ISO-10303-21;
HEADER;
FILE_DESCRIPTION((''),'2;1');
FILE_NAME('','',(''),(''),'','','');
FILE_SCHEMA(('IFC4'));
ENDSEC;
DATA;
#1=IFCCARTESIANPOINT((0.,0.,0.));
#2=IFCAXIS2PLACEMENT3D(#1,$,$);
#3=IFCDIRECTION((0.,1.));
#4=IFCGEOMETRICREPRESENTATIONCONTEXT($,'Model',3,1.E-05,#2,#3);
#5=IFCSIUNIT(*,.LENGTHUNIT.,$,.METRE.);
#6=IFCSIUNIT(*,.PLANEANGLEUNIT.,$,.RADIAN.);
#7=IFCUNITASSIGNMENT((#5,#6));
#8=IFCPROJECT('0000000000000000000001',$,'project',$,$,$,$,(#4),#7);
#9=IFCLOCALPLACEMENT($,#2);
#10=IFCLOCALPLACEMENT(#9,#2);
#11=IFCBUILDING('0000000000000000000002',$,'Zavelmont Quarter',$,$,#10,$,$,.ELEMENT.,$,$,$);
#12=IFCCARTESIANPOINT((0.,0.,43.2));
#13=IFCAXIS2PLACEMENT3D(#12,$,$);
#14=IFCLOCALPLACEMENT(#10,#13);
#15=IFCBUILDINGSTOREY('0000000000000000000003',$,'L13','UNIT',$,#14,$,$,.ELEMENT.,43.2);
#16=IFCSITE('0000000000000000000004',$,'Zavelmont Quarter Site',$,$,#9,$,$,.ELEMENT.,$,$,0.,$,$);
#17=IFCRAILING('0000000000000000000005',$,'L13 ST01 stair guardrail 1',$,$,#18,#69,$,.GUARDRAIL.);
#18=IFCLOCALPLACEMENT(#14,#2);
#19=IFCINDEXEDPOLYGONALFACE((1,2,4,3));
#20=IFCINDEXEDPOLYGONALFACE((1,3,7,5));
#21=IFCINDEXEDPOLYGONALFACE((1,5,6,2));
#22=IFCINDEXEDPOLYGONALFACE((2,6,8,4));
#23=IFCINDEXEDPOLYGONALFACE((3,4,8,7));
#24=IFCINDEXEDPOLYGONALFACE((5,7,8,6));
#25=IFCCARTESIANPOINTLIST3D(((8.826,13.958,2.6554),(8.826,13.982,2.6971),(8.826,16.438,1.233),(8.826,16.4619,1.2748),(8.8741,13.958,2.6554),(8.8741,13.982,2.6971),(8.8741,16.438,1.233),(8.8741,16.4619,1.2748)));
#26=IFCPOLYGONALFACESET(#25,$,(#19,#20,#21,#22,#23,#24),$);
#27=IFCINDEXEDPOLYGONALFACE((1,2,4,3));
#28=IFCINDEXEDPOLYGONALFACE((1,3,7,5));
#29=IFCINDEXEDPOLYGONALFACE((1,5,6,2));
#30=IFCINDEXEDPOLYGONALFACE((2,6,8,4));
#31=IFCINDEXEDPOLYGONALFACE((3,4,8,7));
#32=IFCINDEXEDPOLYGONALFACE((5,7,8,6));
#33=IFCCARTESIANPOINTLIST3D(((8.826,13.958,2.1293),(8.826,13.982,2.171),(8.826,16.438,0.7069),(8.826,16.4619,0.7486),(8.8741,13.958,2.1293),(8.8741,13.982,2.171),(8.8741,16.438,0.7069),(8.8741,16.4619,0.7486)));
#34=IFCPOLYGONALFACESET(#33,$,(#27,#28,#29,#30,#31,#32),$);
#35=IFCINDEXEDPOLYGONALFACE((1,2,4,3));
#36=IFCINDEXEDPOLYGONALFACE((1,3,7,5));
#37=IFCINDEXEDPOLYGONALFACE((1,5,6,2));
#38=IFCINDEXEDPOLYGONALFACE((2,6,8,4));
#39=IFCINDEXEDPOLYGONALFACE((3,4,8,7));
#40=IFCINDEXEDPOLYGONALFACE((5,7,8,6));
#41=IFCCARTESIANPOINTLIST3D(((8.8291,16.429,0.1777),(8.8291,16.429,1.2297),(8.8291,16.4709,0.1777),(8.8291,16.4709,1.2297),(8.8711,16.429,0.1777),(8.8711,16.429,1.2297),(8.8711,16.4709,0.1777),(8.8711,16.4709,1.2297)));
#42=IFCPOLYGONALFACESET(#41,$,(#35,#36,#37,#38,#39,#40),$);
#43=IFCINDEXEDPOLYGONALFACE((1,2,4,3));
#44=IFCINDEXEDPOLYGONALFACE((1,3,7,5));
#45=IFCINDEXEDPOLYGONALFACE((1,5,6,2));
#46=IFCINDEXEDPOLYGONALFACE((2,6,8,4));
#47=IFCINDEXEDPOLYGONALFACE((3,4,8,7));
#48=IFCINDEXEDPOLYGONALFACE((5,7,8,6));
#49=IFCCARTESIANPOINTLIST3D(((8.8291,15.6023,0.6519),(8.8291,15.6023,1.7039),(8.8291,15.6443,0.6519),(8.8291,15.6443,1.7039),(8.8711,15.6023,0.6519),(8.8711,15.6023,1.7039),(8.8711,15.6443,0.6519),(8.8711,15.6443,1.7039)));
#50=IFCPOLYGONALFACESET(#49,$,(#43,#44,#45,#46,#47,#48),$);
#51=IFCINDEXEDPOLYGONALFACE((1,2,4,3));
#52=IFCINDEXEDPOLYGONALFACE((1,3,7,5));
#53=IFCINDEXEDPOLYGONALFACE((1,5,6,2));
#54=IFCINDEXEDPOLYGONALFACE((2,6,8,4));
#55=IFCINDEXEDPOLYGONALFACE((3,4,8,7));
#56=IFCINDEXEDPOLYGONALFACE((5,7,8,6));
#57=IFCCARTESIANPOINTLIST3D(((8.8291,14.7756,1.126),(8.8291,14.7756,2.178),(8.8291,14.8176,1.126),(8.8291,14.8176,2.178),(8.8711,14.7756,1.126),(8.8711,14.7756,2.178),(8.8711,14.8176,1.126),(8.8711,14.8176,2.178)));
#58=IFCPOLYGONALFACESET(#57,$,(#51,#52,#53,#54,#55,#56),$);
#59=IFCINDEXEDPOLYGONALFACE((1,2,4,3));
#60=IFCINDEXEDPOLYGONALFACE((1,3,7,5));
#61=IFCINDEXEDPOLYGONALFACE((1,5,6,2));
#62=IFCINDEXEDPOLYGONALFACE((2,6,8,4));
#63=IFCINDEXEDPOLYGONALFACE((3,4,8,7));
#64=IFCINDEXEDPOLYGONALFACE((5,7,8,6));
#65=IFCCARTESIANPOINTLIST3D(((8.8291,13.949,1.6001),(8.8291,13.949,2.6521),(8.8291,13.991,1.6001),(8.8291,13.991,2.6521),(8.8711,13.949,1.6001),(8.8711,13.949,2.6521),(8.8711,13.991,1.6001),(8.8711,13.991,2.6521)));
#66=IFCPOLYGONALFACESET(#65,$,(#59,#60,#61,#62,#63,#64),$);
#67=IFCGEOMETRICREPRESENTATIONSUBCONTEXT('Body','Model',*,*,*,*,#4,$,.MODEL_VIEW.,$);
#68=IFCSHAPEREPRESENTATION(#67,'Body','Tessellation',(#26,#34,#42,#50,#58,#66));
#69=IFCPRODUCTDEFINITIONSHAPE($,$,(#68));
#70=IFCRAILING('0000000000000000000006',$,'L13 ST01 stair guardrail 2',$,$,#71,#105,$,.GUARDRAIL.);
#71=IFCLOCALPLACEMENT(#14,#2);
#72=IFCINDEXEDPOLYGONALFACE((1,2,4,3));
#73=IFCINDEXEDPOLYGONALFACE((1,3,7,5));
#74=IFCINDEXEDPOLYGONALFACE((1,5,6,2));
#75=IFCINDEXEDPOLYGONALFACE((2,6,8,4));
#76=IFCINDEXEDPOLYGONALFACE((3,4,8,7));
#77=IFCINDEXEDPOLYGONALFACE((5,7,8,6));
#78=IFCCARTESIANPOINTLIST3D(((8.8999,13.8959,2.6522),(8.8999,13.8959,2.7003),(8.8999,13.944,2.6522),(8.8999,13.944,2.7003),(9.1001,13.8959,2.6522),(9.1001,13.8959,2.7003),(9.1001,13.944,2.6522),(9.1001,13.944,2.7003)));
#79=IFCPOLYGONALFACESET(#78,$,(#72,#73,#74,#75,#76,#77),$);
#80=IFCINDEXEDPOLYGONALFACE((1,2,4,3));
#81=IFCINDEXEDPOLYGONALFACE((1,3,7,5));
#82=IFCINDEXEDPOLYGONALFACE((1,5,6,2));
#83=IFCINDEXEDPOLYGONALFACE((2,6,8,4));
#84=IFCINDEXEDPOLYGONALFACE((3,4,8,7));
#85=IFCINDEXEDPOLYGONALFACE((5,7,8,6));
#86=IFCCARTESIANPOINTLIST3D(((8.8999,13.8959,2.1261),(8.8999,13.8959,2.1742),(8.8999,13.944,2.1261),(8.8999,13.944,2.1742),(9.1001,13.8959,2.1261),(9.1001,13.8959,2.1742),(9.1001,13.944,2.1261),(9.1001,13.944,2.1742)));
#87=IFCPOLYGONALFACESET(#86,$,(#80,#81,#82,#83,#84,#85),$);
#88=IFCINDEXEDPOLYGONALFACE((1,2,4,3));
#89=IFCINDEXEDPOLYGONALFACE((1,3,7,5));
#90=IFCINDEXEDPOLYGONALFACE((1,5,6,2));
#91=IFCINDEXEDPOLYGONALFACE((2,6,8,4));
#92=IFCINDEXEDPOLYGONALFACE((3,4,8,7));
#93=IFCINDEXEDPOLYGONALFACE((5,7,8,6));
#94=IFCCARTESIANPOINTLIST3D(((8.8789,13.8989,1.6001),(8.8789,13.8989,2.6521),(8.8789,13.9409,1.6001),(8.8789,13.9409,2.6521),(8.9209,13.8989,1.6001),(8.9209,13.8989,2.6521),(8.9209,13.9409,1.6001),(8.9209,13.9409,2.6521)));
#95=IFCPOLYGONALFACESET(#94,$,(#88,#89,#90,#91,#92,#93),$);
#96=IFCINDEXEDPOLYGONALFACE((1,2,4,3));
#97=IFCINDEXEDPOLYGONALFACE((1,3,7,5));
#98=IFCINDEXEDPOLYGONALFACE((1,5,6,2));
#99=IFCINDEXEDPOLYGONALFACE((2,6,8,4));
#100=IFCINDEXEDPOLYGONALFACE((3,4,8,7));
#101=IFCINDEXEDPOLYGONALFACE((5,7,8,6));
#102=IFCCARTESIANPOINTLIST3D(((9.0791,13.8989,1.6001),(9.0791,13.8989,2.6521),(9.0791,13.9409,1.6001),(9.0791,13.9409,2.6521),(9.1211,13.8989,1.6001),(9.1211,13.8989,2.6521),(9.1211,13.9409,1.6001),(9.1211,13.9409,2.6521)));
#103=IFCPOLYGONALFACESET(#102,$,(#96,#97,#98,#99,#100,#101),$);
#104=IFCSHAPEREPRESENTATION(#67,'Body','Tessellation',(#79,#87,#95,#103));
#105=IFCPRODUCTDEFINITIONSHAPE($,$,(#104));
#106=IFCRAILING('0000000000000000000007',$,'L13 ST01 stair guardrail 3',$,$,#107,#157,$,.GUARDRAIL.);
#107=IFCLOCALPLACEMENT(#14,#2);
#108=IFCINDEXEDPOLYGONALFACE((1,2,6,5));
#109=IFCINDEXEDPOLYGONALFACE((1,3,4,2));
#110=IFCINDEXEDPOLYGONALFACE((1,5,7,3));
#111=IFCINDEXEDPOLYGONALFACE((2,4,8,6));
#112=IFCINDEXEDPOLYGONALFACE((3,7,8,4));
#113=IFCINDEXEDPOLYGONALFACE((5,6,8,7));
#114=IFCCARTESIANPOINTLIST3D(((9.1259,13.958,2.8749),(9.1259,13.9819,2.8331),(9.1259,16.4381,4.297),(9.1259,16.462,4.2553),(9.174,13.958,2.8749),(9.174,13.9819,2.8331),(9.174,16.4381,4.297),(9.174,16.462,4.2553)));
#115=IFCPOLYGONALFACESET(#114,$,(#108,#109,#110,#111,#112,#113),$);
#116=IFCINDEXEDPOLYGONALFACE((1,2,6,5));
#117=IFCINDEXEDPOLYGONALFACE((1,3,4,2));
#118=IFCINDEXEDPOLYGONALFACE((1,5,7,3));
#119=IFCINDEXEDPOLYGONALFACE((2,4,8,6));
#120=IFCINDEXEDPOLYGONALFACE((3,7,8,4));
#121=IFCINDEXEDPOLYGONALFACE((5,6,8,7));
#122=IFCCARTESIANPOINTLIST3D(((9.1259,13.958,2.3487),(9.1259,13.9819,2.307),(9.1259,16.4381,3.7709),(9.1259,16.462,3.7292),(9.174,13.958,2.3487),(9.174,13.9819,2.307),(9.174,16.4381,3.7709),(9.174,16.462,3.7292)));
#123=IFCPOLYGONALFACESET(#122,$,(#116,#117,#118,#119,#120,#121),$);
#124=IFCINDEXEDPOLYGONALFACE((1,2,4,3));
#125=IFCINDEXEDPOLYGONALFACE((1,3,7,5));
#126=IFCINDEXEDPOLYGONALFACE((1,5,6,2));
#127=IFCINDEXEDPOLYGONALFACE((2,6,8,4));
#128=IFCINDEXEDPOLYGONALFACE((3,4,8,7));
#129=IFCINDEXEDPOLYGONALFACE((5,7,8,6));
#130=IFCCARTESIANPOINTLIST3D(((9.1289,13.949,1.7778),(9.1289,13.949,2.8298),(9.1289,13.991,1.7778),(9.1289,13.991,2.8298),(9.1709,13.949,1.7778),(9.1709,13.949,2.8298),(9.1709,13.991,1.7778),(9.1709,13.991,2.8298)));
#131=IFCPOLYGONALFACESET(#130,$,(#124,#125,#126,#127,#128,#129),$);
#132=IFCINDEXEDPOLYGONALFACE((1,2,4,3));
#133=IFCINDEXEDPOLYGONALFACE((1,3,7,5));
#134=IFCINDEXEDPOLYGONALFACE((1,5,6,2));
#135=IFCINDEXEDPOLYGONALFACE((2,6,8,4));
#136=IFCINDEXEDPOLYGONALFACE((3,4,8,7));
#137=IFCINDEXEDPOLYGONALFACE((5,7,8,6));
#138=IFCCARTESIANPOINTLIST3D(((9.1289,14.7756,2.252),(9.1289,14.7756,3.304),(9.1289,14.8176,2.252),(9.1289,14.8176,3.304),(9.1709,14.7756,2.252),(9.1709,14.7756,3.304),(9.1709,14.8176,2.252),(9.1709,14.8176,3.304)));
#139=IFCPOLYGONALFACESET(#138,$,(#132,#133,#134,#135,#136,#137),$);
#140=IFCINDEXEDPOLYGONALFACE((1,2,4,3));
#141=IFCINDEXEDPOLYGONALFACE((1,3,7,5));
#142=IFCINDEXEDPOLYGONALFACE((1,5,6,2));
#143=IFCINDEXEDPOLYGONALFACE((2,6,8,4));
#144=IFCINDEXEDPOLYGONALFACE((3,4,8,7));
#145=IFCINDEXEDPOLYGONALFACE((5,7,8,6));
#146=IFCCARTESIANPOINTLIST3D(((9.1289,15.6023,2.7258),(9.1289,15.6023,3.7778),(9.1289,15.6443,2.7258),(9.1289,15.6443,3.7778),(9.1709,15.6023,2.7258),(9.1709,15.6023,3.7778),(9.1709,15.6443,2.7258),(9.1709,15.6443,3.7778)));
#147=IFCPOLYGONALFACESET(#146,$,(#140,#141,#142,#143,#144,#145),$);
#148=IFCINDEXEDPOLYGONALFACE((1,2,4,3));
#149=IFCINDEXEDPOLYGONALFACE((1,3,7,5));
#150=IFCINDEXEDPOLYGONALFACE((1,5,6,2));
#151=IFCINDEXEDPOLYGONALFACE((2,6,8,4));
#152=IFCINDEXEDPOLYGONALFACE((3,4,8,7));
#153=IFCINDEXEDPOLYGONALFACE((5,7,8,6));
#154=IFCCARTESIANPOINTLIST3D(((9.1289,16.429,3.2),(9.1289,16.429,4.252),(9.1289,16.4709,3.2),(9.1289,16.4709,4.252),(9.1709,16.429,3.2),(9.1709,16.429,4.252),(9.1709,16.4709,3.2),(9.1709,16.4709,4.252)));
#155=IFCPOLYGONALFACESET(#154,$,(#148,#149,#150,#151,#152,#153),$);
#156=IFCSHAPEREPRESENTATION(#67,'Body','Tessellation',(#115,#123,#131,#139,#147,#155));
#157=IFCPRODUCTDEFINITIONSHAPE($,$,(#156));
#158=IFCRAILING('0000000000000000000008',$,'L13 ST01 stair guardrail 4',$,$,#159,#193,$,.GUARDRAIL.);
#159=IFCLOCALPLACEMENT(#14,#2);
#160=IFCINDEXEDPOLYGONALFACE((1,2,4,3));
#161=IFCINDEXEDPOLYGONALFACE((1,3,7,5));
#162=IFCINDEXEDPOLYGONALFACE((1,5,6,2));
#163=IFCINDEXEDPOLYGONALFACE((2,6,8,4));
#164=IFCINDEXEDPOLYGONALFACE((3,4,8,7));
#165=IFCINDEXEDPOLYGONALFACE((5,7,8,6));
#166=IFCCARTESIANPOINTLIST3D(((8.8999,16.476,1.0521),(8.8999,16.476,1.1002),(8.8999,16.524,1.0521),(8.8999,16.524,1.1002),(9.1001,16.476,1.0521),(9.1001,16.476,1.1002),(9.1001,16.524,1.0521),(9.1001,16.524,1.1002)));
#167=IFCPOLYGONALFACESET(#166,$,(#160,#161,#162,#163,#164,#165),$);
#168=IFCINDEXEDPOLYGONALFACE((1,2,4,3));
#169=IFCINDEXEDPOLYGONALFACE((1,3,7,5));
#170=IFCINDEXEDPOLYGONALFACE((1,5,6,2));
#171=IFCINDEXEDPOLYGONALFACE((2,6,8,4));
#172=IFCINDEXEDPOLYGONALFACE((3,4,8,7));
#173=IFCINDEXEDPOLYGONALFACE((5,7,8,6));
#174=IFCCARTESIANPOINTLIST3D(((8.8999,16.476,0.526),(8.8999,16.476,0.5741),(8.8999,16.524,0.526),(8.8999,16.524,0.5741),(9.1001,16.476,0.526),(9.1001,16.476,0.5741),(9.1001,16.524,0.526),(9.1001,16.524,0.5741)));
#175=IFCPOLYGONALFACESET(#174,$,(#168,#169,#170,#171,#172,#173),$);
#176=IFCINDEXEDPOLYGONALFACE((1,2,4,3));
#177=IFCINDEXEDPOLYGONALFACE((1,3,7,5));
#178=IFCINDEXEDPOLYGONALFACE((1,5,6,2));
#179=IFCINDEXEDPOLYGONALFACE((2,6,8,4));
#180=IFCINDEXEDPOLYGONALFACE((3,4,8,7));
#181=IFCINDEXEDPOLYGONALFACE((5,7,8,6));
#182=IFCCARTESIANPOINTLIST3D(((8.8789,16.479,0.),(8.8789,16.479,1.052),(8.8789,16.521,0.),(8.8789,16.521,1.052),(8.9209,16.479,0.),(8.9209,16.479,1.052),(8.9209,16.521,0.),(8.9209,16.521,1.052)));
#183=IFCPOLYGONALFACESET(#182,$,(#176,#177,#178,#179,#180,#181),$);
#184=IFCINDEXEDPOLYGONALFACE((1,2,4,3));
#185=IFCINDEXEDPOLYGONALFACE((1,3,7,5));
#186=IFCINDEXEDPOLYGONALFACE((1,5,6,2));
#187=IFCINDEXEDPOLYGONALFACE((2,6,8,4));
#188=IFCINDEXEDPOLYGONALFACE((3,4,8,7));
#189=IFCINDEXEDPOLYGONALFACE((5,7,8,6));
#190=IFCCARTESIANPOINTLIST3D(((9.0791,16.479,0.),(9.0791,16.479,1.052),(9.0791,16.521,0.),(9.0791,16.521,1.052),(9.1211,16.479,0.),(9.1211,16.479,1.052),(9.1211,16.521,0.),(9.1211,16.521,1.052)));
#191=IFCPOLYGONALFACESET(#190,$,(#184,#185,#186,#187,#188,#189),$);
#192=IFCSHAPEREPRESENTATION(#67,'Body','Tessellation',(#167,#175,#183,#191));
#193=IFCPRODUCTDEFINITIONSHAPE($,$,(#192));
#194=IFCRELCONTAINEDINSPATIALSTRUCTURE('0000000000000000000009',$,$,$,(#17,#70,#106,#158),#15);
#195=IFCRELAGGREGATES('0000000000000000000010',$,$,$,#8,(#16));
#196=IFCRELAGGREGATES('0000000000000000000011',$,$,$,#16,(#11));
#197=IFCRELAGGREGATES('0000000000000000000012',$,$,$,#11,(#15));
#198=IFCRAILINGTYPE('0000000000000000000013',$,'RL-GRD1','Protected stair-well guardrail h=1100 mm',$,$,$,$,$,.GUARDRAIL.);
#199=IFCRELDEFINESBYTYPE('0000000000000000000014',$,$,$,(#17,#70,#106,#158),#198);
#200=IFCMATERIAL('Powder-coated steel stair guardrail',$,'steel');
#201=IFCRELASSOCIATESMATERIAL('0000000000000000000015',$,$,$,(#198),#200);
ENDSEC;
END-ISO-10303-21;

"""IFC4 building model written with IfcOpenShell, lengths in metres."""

from ifc_helpers import new_model, si_unit, direction, frame, origin, origin_2d, place, context, subcontext, project, spatial, rectangle, extrude, material, type_object, element, save


model = new_model("IFC4")

# Units and contexts
model_context = context("Model", 3, precision=1e-05, world=origin(), true_north=direction((0.0, 1.0)))
body_context = subcontext(model_context, "Body", "Model", "MODEL_VIEW")
ifc_project = project(units=[si_unit("LENGTHUNIT", "METRE"), si_unit("PLANEANGLEUNIT", "RADIAN")], contexts=[model_context])

# Site, building, storey
site_placement = place(None, origin())
site = spatial("IfcSite", under=ifc_project, at=site_placement, Name="Zavelmont Quarter Site", CompositionType="ELEMENT", RefElevation=0.0)
building_placement = place(site_placement, origin())
building = spatial("IfcBuilding", under=site, at=building_placement, Name="Zavelmont Quarter", CompositionType="ELEMENT")
storey_placement = place(building_placement, frame((0.0, 0.0, 43.2)))
storey = spatial("IfcBuildingStorey", under=building, at=storey_placement, Name="L13", Description="UNIT", CompositionType="ELEMENT", Elevation=43.2)

# Railings
ifc_material_1 = material(Name="Powder-coated steel stair guardrail", Category="steel")
railing_type_1 = type_object("IfcRailingType", Name="RL-GRD1", Description="Protected stair-well guardrail h=1100 mm", PredefinedType="GUARDRAIL", material=ifc_material_1)
railing_1_placement = place(storey_placement, frame((8.8501, 16.45, 0.1777)))
element("IfcRailing", 1, at=railing_1_placement, inside=storey, type_object=railing_type_1, Name="L13 ST01 stair guardrail 1", PredefinedType="GUARDRAIL", context=body_context, shape_type="SweptSolid", body=[
    extrude(rectangle(XDim=0.0481, YDim=0.0481, at=origin_2d()), frame((0.0, 0.0, 1.0762), z_axis=(0.0, -0.867454, 0.497518), x_axis=(1.0, 0.0, 0.0)), (0.0, 0.0, 1.0), 2.8589),
    extrude(rectangle(XDim=0.0481, YDim=0.0481, at=origin_2d()), frame((0.0, 0.0, 0.55), z_axis=(0.0, -0.867454, 0.497518), x_axis=(1.0, 0.0, 0.0)), (0.0, 0.0, 1.0), 2.8589),
    extrude(rectangle(XDim=0.042, YDim=0.042, at=origin_2d()), origin(), (0.0, 0.0, 1.0), 1.052),
    extrude(rectangle(XDim=0.042, YDim=0.042, at=origin_2d()), frame((0.0, -0.8267, 0.4741)), (0.0, 0.0, 1.0), 1.052),
    extrude(rectangle(XDim=0.042, YDim=0.042, at=origin_2d()), frame((0.0, -1.6533, 0.9482)), (0.0, 0.0, 1.0), 1.052),
    extrude(rectangle(XDim=0.042, YDim=0.042, at=origin_2d()), frame((0.0, -2.48, 1.4224)), (0.0, 0.0, 1.0), 1.052),
])
railing_2_placement = place(storey_placement, frame((8.8999, 13.9199, 1.6001)))
element("IfcRailing", 2, at=railing_2_placement, inside=storey, type_object=railing_type_1, Name="L13 ST01 stair guardrail 2", PredefinedType="GUARDRAIL", context=body_context, shape_type="SweptSolid", body=[
    extrude(rectangle(XDim=0.0481, YDim=0.0481, at=origin_2d()), frame((0.0, 0.0, 1.0762), z_axis=(1.0, 0.0, 0.0), x_axis=(0.0, 1.0, 0.0)), (0.0, 0.0, 1.0), 0.2002),
    extrude(rectangle(XDim=0.0481, YDim=0.0481, at=origin_2d()), frame((0.0, 0.0, 0.55), z_axis=(1.0, 0.0, 0.0), x_axis=(0.0, 1.0, 0.0)), (0.0, 0.0, 1.0), 0.2002),
    extrude(rectangle(XDim=0.042, YDim=0.042, at=origin_2d()), origin(), (0.0, 0.0, 1.0), 1.052),
    extrude(rectangle(XDim=0.042, YDim=0.042, at=origin_2d()), frame((0.2002, 0.0, 0.0)), (0.0, 0.0, 1.0), 1.052),
])
railing_3_placement = place(storey_placement, frame((9.1499, 13.97, 1.7778)))
element("IfcRailing", 3, at=railing_3_placement, inside=storey, type_object=railing_type_1, Name="L13 ST01 stair guardrail 3", PredefinedType="GUARDRAIL", context=body_context, shape_type="SweptSolid", body=[
    extrude(rectangle(XDim=0.0481, YDim=0.0481, at=origin_2d()), frame((0.0, 0.0, 1.0762), z_axis=(0.0, 0.867491, 0.497454), x_axis=(-1.0, 0.0, 0.0)), (0.0, 0.0, 1.0), 2.8589),
    extrude(rectangle(XDim=0.0481, YDim=0.0481, at=origin_2d()), frame((0.0, 0.0, 0.55), z_axis=(0.0, 0.867491, 0.497454), x_axis=(-1.0, 0.0, 0.0)), (0.0, 0.0, 1.0), 2.8589),
    extrude(rectangle(XDim=0.042, YDim=0.042, at=origin_2d()), origin(), (0.0, 0.0, 1.0), 1.052),
    extrude(rectangle(XDim=0.042, YDim=0.042, at=origin_2d()), frame((0.0, 0.8267, 0.4741)), (0.0, 0.0, 1.0), 1.052),
    extrude(rectangle(XDim=0.042, YDim=0.042, at=origin_2d()), frame((0.0, 1.6533, 0.948)), (0.0, 0.0, 1.0), 1.052),
    extrude(rectangle(XDim=0.042, YDim=0.042, at=origin_2d()), frame((0.0, 2.48, 1.4221)), (0.0, 0.0, 1.0), 1.052),
])
railing_4_placement = place(storey_placement, frame((8.8999, 16.5, 0.0)))
element("IfcRailing", 4, at=railing_4_placement, inside=storey, type_object=railing_type_1, Name="L13 ST01 stair guardrail 4", PredefinedType="GUARDRAIL", context=body_context, shape_type="SweptSolid", body=[
    extrude(rectangle(XDim=0.0481, YDim=0.0481, at=origin_2d()), frame((0.0, 0.0, 1.0762), z_axis=(1.0, 0.0, 0.0), x_axis=(0.0, 1.0, 0.0)), (0.0, 0.0, 1.0), 0.2002),
    extrude(rectangle(XDim=0.0481, YDim=0.0481, at=origin_2d()), frame((0.0, 0.0, 0.55), z_axis=(1.0, 0.0, 0.0), x_axis=(0.0, 1.0, 0.0)), (0.0, 0.0, 1.0), 0.2002),
    extrude(rectangle(XDim=0.042, YDim=0.042, at=origin_2d()), origin(), (0.0, 0.0, 1.0), 1.052),
    extrude(rectangle(XDim=0.042, YDim=0.042, at=origin_2d()), frame((0.2002, 0.0, 0.0)), (0.0, 0.0, 1.0), 1.052),
])

save(model, "model.ifc")
